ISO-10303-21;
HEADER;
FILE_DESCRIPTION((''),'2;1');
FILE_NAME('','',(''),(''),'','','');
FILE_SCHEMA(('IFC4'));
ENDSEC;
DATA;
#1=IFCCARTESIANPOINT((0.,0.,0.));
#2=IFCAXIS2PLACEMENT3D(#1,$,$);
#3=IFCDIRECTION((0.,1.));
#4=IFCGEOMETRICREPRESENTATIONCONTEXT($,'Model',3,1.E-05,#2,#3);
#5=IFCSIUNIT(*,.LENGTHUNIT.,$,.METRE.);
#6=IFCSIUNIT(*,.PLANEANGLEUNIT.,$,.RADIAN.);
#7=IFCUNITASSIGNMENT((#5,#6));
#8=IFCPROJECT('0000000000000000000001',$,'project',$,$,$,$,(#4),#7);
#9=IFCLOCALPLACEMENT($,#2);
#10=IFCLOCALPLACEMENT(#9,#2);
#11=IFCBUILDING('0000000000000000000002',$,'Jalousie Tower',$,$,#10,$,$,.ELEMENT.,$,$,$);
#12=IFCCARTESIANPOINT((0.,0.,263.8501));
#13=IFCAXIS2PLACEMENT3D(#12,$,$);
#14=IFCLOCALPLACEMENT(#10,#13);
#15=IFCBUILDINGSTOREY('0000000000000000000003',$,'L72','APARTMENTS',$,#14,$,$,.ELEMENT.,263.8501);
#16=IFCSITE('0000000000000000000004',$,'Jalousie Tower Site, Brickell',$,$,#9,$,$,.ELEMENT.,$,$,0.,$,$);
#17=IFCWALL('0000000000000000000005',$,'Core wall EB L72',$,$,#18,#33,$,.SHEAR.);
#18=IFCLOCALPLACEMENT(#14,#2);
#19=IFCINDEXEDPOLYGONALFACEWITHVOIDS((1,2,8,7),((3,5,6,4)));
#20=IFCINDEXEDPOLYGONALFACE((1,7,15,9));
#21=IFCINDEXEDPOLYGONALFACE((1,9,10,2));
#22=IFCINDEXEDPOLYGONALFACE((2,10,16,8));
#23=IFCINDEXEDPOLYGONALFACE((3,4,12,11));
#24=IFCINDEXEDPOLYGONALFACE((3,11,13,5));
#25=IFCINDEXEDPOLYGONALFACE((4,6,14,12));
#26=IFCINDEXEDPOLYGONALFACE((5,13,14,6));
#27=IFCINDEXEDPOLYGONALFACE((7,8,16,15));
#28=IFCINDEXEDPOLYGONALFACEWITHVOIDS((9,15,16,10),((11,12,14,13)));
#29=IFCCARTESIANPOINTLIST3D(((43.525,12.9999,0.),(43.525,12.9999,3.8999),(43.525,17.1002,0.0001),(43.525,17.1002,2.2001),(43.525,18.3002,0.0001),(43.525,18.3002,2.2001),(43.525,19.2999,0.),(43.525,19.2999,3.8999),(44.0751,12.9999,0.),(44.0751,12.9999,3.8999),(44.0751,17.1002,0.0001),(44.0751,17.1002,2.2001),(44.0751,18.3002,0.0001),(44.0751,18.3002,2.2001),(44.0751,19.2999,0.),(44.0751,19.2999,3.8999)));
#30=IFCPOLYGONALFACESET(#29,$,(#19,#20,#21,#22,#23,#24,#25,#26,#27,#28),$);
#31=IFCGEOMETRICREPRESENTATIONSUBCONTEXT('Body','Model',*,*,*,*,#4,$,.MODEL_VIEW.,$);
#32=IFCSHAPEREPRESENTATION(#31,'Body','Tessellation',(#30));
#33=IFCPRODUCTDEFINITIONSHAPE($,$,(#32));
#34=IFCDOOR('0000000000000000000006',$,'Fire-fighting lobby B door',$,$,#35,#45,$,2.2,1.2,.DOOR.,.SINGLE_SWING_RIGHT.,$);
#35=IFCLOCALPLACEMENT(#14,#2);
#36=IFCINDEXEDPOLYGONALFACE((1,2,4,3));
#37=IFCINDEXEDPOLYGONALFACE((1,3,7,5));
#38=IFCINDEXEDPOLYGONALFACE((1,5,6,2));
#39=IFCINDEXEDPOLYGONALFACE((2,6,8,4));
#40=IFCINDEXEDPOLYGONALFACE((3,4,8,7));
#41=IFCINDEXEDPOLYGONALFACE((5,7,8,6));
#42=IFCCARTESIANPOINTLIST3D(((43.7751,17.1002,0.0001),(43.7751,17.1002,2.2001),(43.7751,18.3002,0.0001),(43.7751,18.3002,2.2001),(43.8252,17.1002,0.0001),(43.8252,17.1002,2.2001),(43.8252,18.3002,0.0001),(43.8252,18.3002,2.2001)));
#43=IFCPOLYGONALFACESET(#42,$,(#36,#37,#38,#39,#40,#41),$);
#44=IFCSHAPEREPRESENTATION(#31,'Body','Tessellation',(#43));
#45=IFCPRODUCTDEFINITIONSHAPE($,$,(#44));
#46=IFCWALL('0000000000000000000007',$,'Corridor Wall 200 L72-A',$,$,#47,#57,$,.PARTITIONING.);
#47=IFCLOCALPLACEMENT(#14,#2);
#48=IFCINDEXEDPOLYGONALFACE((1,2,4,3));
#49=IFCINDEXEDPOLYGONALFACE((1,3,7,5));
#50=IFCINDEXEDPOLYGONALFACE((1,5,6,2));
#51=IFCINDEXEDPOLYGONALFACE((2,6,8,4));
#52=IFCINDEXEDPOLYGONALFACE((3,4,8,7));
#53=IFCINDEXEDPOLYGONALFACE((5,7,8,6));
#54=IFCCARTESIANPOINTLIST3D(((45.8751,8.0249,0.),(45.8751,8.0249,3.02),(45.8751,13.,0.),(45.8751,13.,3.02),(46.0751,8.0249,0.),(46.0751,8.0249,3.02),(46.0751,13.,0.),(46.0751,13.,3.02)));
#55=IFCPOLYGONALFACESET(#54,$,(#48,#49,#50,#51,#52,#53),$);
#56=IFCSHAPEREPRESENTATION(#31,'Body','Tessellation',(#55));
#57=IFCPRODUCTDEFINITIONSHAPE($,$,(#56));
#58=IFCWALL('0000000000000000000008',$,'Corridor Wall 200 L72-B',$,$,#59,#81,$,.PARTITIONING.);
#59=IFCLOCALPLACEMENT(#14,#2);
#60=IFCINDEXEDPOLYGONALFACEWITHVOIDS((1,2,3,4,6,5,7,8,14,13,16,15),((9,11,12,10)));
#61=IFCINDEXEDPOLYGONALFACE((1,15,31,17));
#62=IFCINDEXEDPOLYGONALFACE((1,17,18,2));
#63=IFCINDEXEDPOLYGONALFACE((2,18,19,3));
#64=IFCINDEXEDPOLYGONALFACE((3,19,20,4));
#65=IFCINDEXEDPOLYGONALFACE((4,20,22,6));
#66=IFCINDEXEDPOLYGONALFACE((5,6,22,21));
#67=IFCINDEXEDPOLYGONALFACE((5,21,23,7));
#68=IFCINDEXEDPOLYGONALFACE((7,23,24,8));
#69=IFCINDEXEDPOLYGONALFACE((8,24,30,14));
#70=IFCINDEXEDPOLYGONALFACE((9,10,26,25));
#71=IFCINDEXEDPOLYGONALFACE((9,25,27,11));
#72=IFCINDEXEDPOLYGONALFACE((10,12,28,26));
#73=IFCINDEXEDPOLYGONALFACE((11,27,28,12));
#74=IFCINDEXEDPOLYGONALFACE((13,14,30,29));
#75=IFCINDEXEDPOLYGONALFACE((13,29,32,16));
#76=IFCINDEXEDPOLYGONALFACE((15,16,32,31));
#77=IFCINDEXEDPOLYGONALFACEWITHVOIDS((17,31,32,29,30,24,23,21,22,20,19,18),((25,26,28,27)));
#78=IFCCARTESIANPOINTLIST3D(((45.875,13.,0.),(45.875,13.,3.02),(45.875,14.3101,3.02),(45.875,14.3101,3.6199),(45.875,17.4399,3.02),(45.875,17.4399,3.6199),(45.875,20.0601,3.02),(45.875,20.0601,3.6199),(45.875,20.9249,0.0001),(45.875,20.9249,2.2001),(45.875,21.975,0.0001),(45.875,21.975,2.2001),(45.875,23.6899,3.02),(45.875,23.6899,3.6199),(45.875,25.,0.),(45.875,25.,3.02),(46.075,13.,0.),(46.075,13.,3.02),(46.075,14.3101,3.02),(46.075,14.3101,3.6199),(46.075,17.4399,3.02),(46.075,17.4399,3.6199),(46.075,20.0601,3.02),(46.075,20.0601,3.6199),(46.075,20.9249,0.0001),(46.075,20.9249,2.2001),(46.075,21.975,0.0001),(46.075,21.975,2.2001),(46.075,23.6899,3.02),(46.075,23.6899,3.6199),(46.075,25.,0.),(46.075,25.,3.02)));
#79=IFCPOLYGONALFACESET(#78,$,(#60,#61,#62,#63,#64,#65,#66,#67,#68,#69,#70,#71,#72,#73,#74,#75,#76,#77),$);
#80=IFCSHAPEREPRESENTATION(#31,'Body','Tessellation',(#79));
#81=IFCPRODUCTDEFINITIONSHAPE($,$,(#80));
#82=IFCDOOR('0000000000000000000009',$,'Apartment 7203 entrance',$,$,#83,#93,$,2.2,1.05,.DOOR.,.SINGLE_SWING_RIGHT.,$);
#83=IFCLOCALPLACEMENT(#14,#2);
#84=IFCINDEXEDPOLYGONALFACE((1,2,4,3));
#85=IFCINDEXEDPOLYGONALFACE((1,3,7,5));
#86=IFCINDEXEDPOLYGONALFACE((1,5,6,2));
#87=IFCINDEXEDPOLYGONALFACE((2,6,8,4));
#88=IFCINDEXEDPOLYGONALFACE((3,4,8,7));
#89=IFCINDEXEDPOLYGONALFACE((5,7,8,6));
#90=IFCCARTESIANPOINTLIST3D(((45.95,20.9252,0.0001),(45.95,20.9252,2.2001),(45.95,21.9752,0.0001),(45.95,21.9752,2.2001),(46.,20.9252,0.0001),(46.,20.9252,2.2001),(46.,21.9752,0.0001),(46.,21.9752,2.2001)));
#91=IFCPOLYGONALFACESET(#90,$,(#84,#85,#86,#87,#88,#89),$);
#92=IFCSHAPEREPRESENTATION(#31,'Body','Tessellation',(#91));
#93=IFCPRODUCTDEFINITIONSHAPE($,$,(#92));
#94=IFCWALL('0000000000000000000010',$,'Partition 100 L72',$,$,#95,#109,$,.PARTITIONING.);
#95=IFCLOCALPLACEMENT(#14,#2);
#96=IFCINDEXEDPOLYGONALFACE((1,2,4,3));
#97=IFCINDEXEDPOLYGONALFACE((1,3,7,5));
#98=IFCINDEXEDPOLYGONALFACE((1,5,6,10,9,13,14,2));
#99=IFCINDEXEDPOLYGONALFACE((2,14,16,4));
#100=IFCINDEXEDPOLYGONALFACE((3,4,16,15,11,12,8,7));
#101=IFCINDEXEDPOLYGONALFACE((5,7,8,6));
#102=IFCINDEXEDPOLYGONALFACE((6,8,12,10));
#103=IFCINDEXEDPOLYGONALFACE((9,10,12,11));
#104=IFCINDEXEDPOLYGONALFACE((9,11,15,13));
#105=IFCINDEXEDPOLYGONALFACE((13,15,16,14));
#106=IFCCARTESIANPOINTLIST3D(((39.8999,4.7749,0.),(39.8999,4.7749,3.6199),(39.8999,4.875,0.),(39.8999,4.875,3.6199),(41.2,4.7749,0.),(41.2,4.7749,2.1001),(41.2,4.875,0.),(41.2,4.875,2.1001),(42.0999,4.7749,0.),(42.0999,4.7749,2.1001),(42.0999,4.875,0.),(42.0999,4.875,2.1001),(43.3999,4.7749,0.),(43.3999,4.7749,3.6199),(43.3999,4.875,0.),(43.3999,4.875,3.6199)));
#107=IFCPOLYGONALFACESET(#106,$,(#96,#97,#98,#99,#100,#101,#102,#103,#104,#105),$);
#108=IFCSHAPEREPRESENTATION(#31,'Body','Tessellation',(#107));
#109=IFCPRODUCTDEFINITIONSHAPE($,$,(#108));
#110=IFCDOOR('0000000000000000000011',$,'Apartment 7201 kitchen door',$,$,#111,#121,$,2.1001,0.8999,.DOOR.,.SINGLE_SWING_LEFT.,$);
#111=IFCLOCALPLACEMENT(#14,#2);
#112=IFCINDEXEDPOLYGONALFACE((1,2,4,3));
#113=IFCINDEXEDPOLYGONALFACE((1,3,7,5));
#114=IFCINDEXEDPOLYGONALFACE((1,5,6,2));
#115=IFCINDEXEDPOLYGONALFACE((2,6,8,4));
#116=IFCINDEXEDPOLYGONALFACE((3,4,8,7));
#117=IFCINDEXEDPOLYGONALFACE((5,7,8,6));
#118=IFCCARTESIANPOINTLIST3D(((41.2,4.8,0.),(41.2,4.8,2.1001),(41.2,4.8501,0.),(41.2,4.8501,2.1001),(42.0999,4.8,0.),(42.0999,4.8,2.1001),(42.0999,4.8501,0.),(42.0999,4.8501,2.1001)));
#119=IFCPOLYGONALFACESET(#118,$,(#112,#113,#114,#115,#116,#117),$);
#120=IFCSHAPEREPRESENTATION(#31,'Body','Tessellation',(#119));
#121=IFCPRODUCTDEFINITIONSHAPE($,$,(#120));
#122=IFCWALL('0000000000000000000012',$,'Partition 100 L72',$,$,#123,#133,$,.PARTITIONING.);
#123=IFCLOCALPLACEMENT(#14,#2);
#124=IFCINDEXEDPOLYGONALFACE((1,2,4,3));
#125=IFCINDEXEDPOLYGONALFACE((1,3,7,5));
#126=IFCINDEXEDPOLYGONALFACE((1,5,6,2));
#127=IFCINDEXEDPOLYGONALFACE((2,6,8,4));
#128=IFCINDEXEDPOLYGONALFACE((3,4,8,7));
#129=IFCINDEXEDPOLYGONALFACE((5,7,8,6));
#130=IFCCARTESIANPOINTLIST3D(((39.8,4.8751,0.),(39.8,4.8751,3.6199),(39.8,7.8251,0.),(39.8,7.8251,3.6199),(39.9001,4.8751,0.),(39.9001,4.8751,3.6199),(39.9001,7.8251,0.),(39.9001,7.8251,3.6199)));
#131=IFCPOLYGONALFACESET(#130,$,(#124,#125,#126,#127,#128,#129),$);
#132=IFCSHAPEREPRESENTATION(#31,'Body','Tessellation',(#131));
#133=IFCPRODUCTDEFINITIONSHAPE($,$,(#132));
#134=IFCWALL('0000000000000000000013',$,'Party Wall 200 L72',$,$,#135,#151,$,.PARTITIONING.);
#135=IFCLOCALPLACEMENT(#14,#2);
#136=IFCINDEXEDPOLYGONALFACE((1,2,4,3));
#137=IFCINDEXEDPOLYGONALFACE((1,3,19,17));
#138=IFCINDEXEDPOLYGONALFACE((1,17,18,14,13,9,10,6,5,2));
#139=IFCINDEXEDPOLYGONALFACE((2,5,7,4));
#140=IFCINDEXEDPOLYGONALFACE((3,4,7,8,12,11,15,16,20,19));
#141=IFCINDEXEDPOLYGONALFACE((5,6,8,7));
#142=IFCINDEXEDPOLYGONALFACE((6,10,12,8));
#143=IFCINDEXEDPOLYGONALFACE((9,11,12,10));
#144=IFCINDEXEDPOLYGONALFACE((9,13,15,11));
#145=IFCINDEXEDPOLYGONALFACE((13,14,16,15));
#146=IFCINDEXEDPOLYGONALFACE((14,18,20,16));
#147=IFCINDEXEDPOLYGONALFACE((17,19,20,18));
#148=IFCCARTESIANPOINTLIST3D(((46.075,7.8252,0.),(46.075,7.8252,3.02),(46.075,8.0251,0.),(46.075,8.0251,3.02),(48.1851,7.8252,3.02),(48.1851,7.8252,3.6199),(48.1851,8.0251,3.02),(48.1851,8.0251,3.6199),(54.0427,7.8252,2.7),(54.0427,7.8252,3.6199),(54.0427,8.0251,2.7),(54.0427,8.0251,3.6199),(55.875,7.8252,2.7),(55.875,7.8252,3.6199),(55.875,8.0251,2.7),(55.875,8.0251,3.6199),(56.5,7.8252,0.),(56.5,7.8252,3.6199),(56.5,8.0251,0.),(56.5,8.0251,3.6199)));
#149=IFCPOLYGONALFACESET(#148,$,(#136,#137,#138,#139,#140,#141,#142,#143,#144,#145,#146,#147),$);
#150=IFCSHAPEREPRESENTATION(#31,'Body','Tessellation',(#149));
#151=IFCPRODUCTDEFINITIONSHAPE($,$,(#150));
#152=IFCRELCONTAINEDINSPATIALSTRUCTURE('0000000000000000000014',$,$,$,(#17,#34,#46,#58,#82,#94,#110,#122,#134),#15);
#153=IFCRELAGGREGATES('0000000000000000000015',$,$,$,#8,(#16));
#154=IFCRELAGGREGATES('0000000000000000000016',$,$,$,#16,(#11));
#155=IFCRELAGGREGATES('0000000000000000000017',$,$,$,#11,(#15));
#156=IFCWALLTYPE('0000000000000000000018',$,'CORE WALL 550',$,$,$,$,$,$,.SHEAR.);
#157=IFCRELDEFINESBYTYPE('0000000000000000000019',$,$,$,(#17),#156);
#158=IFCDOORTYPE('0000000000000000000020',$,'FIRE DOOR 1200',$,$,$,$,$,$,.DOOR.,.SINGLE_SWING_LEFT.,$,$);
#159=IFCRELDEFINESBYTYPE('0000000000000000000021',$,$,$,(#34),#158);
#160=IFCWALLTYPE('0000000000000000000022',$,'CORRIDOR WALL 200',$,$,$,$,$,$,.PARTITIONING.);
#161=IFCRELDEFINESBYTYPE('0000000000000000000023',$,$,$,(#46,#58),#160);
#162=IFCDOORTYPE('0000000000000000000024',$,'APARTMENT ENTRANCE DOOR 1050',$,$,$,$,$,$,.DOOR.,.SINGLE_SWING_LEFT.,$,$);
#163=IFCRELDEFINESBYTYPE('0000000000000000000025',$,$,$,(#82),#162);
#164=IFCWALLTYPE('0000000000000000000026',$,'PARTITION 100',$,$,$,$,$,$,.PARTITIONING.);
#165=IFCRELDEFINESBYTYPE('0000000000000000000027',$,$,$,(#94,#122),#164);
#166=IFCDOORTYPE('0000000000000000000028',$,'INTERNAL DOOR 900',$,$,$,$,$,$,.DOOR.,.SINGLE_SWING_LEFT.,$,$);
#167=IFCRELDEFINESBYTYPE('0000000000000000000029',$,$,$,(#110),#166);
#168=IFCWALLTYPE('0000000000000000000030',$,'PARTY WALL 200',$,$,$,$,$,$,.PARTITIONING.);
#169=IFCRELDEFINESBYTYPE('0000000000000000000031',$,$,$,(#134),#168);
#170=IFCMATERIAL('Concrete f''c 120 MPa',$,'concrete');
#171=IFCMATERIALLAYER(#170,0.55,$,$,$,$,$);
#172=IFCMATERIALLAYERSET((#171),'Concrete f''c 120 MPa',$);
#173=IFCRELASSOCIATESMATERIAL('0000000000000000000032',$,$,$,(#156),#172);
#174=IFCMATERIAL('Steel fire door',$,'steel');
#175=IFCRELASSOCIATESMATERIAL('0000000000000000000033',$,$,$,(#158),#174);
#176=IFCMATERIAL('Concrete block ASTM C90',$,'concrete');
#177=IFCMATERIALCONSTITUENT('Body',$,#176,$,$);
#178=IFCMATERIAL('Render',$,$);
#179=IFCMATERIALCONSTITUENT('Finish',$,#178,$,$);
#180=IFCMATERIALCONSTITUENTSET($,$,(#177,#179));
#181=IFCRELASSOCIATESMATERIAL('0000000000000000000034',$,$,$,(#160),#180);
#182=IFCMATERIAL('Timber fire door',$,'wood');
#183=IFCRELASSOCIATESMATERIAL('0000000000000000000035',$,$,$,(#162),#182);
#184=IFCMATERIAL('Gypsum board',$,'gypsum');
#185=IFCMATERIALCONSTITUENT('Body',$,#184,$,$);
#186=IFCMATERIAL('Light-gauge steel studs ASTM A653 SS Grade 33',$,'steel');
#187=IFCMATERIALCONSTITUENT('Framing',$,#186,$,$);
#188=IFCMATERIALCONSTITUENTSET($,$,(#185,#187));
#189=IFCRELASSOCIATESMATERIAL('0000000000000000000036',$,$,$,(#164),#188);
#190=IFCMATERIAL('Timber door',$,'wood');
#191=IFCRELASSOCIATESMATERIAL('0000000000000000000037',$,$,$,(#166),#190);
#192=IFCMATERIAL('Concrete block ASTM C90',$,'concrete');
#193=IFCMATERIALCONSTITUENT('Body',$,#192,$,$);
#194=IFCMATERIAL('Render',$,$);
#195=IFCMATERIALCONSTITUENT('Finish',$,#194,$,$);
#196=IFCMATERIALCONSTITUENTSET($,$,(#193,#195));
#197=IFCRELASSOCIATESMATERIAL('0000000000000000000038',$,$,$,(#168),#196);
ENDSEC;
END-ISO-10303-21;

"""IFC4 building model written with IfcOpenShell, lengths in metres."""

from ifc_helpers import new_model, si_unit, direction, frame, frame_2d, origin, place, context, subcontext, project, spatial, polyline, rectangle, outline, extrude, material, layer, layer_set, constituent, constituent_set, type_object, element, fill, save


model = new_model("IFC4")

# Units and contexts
model_context = context("Model", 3, precision=1e-05, world=origin(), true_north=direction((0.0, 1.0)))
body_context = subcontext(model_context, "Body", "Model", "MODEL_VIEW")
ifc_project = project(units=[si_unit("LENGTHUNIT", "METRE"), si_unit("PLANEANGLEUNIT", "RADIAN")], contexts=[model_context])

# Site, building, storey
site_placement = place(None, origin())
site = spatial("IfcSite", under=ifc_project, at=site_placement, Name="Jalousie Tower Site, Brickell", CompositionType="ELEMENT", RefElevation=0.0)
building_placement = place(site_placement, origin())
building = spatial("IfcBuilding", under=site, at=building_placement, Name="Jalousie Tower", CompositionType="ELEMENT")
storey_placement = place(building_placement, frame((0.0, 0.0, 263.8501)))
storey = spatial("IfcBuildingStorey", under=building, at=storey_placement, Name="L72", Description="APARTMENTS", CompositionType="ELEMENT", Elevation=263.8501)

# Shared definitions
ifc_material_1 = material(Name="Concrete f'c 120 MPa", Category="concrete")
ifc_layer_1 = layer(ifc_material_1, 0.55)
ifc_layer_set_1 = layer_set([ifc_layer_1], Name="Concrete f'c 120 MPa")
wall_type_1 = type_object("IfcWallType", Name="CORE WALL 550", PredefinedType="SHEAR", material=ifc_layer_set_1)

# Wall, opening, door
wall_1_placement = place(storey_placement, frame((43.8, 13.0, 0.0), z_axis=(0.0, 0.0, 1.0), x_axis=(0.0, 1.0, 0.0)))
wall_1 = element("IfcWall", 1, at=wall_1_placement, inside=storey, type_object=wall_type_1, Name="Core wall EB L72", PredefinedType="SHEAR", context=body_context, shape_type="SweptSolid", body=[
    extrude(rectangle(XDim=6.3, YDim=0.55, at=frame_2d((3.1499, 0.0))), origin(), (0.0, 0.0, 1.0), 3.8999),
])
opening_1_placement = place(wall_1_placement, frame((4.1001, 0.0, 0.0)))
opening_1 = element("IfcOpeningElement", 2, at=opening_1_placement, cuts=wall_1, PredefinedType="OPENING", context=body_context, shape_type="SweptSolid", body=[
    extrude(rectangle(XDim=1.2, YDim=2.2, at=frame_2d((0.6001, 1.1001))), frame((0.0, 0.2849, 0.0), z_axis=(0.0, -1.0, 0.0), x_axis=(1.0, 0.0, 0.0)), (0.0, 0.0, 1.0), 0.5701),
])
ifc_material_2 = material(Name="Steel fire door", Category="steel")
door_type_1 = type_object("IfcDoorType", Name="FIRE DOOR 1200", OperationType="SINGLE_SWING_LEFT", PredefinedType="DOOR", material=ifc_material_2)
door_1_placement = place(opening_1_placement, origin())
door_1 = element("IfcDoor", 3, at=door_1_placement, inside=storey, type_object=door_type_1, Name="Fire-fighting lobby B door", OperationType="SINGLE_SWING_RIGHT", OverallHeight=2.2, OverallWidth=1.2, PredefinedType="DOOR", context=body_context, shape_type="SweptSolid", body=[
    extrude(rectangle(XDim=1.2, YDim=2.2, at=frame_2d((0.6001, 1.1001))), frame((0.0, 0.0249, 0.0), z_axis=(0.0, -1.0, 0.0), x_axis=(1.0, 0.0, 0.0)), (0.0, 0.0, 1.0), 0.05),
])
fill(opening_1, door_1)

# Wall
ifc_material_3 = material(Name="Concrete block ASTM C90", Category="concrete")
ifc_constituent_1 = constituent(ifc_material_3, Name="Body")
ifc_material_4 = material(Name="Render")
ifc_constituent_2 = constituent(ifc_material_4, Name="Finish")
ifc_constituent_set_1 = constituent_set(constituents=[ifc_constituent_1, ifc_constituent_2])
wall_type_2 = type_object("IfcWallType", Name="CORRIDOR WALL 200", PredefinedType="PARTITIONING", material=ifc_constituent_set_1)
wall_2_placement = place(storey_placement, frame((45.9751, 8.0249, 0.0), z_axis=(0.0, 0.0, 1.0), x_axis=(0.0, 1.0, 0.0)))
element("IfcWall", 4, at=wall_2_placement, inside=storey, type_object=wall_type_2, Name="Corridor Wall 200 L72-A", PredefinedType="PARTITIONING", context=body_context, shape_type="SweptSolid", body=[
    extrude(rectangle(XDim=4.9751, YDim=0.2, at=frame_2d((2.4875, 0.0))), origin(), (0.0, 0.0, 1.0), 3.02),
])

# Walls, openings, doors
wall_3_placement = place(storey_placement, frame((45.9751, 13.0, 0.0), z_axis=(0.0, 0.0, 1.0), x_axis=(0.0, 1.0, 0.0)))
wall_3 = element("IfcWall", 5, at=wall_3_placement, inside=storey, type_object=wall_type_2, Name="Corridor Wall 200 L72-B", PredefinedType="PARTITIONING", context=body_context, shape_type="SweptSolid", body=[
    extrude(outline(polyline([(0.0, 0.0), (12.0, 0.0), (12.0, 3.02), (10.6899, 3.02), (10.6899, 3.6199), (7.0601, 3.6199), (7.0601, 3.02), (4.4399, 3.02), (4.4399, 3.6199), (1.3101, 3.6199), (1.3101, 3.02), (0.0, 3.02), (0.0, 0.0)])), frame((0.0, 0.1001, 0.0), z_axis=(0.0, -1.0, 0.0), x_axis=(1.0, 0.0, 0.0)), (0.0, 0.0, 1.0), 0.2),
])
opening_2_placement = place(wall_3_placement, frame((7.925, 0.0, 0.0)))
opening_2 = element("IfcOpeningElement", 6, at=opening_2_placement, cuts=wall_3, PredefinedType="OPENING", context=body_context, shape_type="SweptSolid", body=[
    extrude(rectangle(XDim=1.05, YDim=2.2, at=frame_2d((0.5249, 1.1001))), frame((0.0, 0.1099, 0.0), z_axis=(0.0, -1.0, 0.0), x_axis=(1.0, 0.0, 0.0)), (0.0, 0.0, 1.0), 0.22),
])
ifc_material_5 = material(Name="Timber fire door", Category="wood")
door_type_2 = type_object("IfcDoorType", Name="APARTMENT ENTRANCE DOOR 1050", OperationType="SINGLE_SWING_LEFT", PredefinedType="DOOR", material=ifc_material_5)
door_2_placement = place(opening_2_placement, frame((1.05, 0.0, 0.0), z_axis=(0.0, 0.0, 1.0), x_axis=(-1.0, 0.0, 0.0)))
door_2 = element("IfcDoor", 7, at=door_2_placement, inside=storey, type_object=door_type_2, Name="Apartment 7203 entrance", OperationType="SINGLE_SWING_RIGHT", OverallHeight=2.2, OverallWidth=1.05, PredefinedType="DOOR", context=body_context, shape_type="SweptSolid", body=[
    extrude(rectangle(XDim=1.05, YDim=2.2, at=frame_2d((0.5249, 1.1001))), frame((0.0, 0.0249, 0.0), z_axis=(0.0, -1.0, 0.0), x_axis=(1.0, 0.0, 0.0)), (0.0, 0.0, 1.0), 0.05),
])
fill(opening_2, door_2)
ifc_material_6 = material(Name="Gypsum board", Category="gypsum")
ifc_constituent_3 = constituent(ifc_material_6, Name="Body")
ifc_material_7 = material(Name="Light-gauge steel studs ASTM A653 SS Grade 33", Category="steel")
ifc_constituent_4 = constituent(ifc_material_7, Name="Framing")
ifc_constituent_set_2 = constituent_set(constituents=[ifc_constituent_3, ifc_constituent_4])
wall_type_3 = type_object("IfcWallType", Name="PARTITION 100", PredefinedType="PARTITIONING", material=ifc_constituent_set_2)
wall_4_placement = place(storey_placement, frame((39.8999, 4.825, 0.0), z_axis=(0.0, 0.0, 1.0), x_axis=(1.0, 0.0, 0.0)))
wall_4 = element("IfcWall", 8, at=wall_4_placement, inside=storey, type_object=wall_type_3, Name="Partition 100 L72", PredefinedType="PARTITIONING", context=body_context, shape_type="SweptSolid", body=[
    extrude(rectangle(XDim=3.5, YDim=0.1001, at=frame_2d((1.75, 0.0))), origin(), (0.0, 0.0, 1.0), 3.6199),
])
opening_3_placement = place(wall_4_placement, frame((1.3, 0.0, 0.0)))
opening_3 = element("IfcOpeningElement", 9, at=opening_3_placement, cuts=wall_4, PredefinedType="OPENING", context=body_context, shape_type="SweptSolid", body=[
    extrude(rectangle(XDim=0.8999, YDim=2.1001, at=frame_2d((0.45, 1.05))), frame((0.0, 0.0601, 0.0), z_axis=(0.0, -1.0, 0.0), x_axis=(1.0, 0.0, 0.0)), (0.0, 0.0, 1.0), 0.1201),
])
ifc_material_8 = material(Name="Timber door", Category="wood")
door_type_3 = type_object("IfcDoorType", Name="INTERNAL DOOR 900", OperationType="SINGLE_SWING_LEFT", PredefinedType="DOOR", material=ifc_material_8)
door_3_placement = place(opening_3_placement, frame((0.8999, 0.0, 0.0), z_axis=(0.0, 0.0, 1.0), x_axis=(-1.0, 0.0, 0.0)))
door_3 = element("IfcDoor", 10, at=door_3_placement, inside=storey, type_object=door_type_3, Name="Apartment 7201 kitchen door", OperationType="SINGLE_SWING_LEFT", OverallHeight=2.1001, OverallWidth=0.8999, PredefinedType="DOOR", context=body_context, shape_type="SweptSolid", body=[
    extrude(rectangle(XDim=0.8999, YDim=2.1001, at=frame_2d((0.45, 1.05))), frame((0.0, 0.0249, 0.0), z_axis=(0.0, -1.0, 0.0), x_axis=(1.0, 0.0, 0.0)), (0.0, 0.0, 1.0), 0.05),
])
fill(opening_3, door_3)

# Walls
wall_5_placement = place(storey_placement, frame((39.8501, 4.875, 0.0), z_axis=(0.0, 0.0, 1.0), x_axis=(0.0, 1.0, 0.0)))
element("IfcWall", 11, at=wall_5_placement, inside=storey, type_object=wall_type_3, Name="Partition 100 L72", PredefinedType="PARTITIONING", context=body_context, shape_type="SweptSolid", body=[
    extrude(rectangle(XDim=2.95, YDim=0.1001, at=frame_2d((1.4751, 0.0))), origin(), (0.0, 0.0, 1.0), 3.6199),
])
ifc_material_9 = material(Name="Concrete block ASTM C90", Category="concrete")
ifc_constituent_5 = constituent(ifc_material_9, Name="Body")
ifc_material_10 = material(Name="Render")
ifc_constituent_6 = constituent(ifc_material_10, Name="Finish")
ifc_constituent_set_3 = constituent_set(constituents=[ifc_constituent_5, ifc_constituent_6])
wall_type_4 = type_object("IfcWallType", Name="PARTY WALL 200", PredefinedType="PARTITIONING", material=ifc_constituent_set_3)
wall_6_placement = place(storey_placement, frame((46.075, 7.925, 0.0), z_axis=(0.0, 0.0, 1.0), x_axis=(1.0, 0.0, 0.0)))
element("IfcWall", 12, at=wall_6_placement, inside=storey, type_object=wall_type_4, Name="Party Wall 200 L72", PredefinedType="PARTITIONING", context=body_context, shape_type="SweptSolid", body=[
    extrude(outline(polyline([(0.0, 0.0), (10.425, 0.0), (10.425, 3.6199), (9.8, 3.6199), (9.8, 2.7), (7.9678, 2.7), (7.9678, 3.6199), (2.1101, 3.6199), (2.1101, 3.02), (0.0, 3.02), (0.0, 3.6199), (0.0, 0.0)])), frame((0.0, 0.1001, 0.0), z_axis=(0.0, -1.0, 0.0), x_axis=(1.0, 0.0, 0.0)), (0.0, 0.0, 1.0), 0.2),
])

save(model, "model.ifc")
